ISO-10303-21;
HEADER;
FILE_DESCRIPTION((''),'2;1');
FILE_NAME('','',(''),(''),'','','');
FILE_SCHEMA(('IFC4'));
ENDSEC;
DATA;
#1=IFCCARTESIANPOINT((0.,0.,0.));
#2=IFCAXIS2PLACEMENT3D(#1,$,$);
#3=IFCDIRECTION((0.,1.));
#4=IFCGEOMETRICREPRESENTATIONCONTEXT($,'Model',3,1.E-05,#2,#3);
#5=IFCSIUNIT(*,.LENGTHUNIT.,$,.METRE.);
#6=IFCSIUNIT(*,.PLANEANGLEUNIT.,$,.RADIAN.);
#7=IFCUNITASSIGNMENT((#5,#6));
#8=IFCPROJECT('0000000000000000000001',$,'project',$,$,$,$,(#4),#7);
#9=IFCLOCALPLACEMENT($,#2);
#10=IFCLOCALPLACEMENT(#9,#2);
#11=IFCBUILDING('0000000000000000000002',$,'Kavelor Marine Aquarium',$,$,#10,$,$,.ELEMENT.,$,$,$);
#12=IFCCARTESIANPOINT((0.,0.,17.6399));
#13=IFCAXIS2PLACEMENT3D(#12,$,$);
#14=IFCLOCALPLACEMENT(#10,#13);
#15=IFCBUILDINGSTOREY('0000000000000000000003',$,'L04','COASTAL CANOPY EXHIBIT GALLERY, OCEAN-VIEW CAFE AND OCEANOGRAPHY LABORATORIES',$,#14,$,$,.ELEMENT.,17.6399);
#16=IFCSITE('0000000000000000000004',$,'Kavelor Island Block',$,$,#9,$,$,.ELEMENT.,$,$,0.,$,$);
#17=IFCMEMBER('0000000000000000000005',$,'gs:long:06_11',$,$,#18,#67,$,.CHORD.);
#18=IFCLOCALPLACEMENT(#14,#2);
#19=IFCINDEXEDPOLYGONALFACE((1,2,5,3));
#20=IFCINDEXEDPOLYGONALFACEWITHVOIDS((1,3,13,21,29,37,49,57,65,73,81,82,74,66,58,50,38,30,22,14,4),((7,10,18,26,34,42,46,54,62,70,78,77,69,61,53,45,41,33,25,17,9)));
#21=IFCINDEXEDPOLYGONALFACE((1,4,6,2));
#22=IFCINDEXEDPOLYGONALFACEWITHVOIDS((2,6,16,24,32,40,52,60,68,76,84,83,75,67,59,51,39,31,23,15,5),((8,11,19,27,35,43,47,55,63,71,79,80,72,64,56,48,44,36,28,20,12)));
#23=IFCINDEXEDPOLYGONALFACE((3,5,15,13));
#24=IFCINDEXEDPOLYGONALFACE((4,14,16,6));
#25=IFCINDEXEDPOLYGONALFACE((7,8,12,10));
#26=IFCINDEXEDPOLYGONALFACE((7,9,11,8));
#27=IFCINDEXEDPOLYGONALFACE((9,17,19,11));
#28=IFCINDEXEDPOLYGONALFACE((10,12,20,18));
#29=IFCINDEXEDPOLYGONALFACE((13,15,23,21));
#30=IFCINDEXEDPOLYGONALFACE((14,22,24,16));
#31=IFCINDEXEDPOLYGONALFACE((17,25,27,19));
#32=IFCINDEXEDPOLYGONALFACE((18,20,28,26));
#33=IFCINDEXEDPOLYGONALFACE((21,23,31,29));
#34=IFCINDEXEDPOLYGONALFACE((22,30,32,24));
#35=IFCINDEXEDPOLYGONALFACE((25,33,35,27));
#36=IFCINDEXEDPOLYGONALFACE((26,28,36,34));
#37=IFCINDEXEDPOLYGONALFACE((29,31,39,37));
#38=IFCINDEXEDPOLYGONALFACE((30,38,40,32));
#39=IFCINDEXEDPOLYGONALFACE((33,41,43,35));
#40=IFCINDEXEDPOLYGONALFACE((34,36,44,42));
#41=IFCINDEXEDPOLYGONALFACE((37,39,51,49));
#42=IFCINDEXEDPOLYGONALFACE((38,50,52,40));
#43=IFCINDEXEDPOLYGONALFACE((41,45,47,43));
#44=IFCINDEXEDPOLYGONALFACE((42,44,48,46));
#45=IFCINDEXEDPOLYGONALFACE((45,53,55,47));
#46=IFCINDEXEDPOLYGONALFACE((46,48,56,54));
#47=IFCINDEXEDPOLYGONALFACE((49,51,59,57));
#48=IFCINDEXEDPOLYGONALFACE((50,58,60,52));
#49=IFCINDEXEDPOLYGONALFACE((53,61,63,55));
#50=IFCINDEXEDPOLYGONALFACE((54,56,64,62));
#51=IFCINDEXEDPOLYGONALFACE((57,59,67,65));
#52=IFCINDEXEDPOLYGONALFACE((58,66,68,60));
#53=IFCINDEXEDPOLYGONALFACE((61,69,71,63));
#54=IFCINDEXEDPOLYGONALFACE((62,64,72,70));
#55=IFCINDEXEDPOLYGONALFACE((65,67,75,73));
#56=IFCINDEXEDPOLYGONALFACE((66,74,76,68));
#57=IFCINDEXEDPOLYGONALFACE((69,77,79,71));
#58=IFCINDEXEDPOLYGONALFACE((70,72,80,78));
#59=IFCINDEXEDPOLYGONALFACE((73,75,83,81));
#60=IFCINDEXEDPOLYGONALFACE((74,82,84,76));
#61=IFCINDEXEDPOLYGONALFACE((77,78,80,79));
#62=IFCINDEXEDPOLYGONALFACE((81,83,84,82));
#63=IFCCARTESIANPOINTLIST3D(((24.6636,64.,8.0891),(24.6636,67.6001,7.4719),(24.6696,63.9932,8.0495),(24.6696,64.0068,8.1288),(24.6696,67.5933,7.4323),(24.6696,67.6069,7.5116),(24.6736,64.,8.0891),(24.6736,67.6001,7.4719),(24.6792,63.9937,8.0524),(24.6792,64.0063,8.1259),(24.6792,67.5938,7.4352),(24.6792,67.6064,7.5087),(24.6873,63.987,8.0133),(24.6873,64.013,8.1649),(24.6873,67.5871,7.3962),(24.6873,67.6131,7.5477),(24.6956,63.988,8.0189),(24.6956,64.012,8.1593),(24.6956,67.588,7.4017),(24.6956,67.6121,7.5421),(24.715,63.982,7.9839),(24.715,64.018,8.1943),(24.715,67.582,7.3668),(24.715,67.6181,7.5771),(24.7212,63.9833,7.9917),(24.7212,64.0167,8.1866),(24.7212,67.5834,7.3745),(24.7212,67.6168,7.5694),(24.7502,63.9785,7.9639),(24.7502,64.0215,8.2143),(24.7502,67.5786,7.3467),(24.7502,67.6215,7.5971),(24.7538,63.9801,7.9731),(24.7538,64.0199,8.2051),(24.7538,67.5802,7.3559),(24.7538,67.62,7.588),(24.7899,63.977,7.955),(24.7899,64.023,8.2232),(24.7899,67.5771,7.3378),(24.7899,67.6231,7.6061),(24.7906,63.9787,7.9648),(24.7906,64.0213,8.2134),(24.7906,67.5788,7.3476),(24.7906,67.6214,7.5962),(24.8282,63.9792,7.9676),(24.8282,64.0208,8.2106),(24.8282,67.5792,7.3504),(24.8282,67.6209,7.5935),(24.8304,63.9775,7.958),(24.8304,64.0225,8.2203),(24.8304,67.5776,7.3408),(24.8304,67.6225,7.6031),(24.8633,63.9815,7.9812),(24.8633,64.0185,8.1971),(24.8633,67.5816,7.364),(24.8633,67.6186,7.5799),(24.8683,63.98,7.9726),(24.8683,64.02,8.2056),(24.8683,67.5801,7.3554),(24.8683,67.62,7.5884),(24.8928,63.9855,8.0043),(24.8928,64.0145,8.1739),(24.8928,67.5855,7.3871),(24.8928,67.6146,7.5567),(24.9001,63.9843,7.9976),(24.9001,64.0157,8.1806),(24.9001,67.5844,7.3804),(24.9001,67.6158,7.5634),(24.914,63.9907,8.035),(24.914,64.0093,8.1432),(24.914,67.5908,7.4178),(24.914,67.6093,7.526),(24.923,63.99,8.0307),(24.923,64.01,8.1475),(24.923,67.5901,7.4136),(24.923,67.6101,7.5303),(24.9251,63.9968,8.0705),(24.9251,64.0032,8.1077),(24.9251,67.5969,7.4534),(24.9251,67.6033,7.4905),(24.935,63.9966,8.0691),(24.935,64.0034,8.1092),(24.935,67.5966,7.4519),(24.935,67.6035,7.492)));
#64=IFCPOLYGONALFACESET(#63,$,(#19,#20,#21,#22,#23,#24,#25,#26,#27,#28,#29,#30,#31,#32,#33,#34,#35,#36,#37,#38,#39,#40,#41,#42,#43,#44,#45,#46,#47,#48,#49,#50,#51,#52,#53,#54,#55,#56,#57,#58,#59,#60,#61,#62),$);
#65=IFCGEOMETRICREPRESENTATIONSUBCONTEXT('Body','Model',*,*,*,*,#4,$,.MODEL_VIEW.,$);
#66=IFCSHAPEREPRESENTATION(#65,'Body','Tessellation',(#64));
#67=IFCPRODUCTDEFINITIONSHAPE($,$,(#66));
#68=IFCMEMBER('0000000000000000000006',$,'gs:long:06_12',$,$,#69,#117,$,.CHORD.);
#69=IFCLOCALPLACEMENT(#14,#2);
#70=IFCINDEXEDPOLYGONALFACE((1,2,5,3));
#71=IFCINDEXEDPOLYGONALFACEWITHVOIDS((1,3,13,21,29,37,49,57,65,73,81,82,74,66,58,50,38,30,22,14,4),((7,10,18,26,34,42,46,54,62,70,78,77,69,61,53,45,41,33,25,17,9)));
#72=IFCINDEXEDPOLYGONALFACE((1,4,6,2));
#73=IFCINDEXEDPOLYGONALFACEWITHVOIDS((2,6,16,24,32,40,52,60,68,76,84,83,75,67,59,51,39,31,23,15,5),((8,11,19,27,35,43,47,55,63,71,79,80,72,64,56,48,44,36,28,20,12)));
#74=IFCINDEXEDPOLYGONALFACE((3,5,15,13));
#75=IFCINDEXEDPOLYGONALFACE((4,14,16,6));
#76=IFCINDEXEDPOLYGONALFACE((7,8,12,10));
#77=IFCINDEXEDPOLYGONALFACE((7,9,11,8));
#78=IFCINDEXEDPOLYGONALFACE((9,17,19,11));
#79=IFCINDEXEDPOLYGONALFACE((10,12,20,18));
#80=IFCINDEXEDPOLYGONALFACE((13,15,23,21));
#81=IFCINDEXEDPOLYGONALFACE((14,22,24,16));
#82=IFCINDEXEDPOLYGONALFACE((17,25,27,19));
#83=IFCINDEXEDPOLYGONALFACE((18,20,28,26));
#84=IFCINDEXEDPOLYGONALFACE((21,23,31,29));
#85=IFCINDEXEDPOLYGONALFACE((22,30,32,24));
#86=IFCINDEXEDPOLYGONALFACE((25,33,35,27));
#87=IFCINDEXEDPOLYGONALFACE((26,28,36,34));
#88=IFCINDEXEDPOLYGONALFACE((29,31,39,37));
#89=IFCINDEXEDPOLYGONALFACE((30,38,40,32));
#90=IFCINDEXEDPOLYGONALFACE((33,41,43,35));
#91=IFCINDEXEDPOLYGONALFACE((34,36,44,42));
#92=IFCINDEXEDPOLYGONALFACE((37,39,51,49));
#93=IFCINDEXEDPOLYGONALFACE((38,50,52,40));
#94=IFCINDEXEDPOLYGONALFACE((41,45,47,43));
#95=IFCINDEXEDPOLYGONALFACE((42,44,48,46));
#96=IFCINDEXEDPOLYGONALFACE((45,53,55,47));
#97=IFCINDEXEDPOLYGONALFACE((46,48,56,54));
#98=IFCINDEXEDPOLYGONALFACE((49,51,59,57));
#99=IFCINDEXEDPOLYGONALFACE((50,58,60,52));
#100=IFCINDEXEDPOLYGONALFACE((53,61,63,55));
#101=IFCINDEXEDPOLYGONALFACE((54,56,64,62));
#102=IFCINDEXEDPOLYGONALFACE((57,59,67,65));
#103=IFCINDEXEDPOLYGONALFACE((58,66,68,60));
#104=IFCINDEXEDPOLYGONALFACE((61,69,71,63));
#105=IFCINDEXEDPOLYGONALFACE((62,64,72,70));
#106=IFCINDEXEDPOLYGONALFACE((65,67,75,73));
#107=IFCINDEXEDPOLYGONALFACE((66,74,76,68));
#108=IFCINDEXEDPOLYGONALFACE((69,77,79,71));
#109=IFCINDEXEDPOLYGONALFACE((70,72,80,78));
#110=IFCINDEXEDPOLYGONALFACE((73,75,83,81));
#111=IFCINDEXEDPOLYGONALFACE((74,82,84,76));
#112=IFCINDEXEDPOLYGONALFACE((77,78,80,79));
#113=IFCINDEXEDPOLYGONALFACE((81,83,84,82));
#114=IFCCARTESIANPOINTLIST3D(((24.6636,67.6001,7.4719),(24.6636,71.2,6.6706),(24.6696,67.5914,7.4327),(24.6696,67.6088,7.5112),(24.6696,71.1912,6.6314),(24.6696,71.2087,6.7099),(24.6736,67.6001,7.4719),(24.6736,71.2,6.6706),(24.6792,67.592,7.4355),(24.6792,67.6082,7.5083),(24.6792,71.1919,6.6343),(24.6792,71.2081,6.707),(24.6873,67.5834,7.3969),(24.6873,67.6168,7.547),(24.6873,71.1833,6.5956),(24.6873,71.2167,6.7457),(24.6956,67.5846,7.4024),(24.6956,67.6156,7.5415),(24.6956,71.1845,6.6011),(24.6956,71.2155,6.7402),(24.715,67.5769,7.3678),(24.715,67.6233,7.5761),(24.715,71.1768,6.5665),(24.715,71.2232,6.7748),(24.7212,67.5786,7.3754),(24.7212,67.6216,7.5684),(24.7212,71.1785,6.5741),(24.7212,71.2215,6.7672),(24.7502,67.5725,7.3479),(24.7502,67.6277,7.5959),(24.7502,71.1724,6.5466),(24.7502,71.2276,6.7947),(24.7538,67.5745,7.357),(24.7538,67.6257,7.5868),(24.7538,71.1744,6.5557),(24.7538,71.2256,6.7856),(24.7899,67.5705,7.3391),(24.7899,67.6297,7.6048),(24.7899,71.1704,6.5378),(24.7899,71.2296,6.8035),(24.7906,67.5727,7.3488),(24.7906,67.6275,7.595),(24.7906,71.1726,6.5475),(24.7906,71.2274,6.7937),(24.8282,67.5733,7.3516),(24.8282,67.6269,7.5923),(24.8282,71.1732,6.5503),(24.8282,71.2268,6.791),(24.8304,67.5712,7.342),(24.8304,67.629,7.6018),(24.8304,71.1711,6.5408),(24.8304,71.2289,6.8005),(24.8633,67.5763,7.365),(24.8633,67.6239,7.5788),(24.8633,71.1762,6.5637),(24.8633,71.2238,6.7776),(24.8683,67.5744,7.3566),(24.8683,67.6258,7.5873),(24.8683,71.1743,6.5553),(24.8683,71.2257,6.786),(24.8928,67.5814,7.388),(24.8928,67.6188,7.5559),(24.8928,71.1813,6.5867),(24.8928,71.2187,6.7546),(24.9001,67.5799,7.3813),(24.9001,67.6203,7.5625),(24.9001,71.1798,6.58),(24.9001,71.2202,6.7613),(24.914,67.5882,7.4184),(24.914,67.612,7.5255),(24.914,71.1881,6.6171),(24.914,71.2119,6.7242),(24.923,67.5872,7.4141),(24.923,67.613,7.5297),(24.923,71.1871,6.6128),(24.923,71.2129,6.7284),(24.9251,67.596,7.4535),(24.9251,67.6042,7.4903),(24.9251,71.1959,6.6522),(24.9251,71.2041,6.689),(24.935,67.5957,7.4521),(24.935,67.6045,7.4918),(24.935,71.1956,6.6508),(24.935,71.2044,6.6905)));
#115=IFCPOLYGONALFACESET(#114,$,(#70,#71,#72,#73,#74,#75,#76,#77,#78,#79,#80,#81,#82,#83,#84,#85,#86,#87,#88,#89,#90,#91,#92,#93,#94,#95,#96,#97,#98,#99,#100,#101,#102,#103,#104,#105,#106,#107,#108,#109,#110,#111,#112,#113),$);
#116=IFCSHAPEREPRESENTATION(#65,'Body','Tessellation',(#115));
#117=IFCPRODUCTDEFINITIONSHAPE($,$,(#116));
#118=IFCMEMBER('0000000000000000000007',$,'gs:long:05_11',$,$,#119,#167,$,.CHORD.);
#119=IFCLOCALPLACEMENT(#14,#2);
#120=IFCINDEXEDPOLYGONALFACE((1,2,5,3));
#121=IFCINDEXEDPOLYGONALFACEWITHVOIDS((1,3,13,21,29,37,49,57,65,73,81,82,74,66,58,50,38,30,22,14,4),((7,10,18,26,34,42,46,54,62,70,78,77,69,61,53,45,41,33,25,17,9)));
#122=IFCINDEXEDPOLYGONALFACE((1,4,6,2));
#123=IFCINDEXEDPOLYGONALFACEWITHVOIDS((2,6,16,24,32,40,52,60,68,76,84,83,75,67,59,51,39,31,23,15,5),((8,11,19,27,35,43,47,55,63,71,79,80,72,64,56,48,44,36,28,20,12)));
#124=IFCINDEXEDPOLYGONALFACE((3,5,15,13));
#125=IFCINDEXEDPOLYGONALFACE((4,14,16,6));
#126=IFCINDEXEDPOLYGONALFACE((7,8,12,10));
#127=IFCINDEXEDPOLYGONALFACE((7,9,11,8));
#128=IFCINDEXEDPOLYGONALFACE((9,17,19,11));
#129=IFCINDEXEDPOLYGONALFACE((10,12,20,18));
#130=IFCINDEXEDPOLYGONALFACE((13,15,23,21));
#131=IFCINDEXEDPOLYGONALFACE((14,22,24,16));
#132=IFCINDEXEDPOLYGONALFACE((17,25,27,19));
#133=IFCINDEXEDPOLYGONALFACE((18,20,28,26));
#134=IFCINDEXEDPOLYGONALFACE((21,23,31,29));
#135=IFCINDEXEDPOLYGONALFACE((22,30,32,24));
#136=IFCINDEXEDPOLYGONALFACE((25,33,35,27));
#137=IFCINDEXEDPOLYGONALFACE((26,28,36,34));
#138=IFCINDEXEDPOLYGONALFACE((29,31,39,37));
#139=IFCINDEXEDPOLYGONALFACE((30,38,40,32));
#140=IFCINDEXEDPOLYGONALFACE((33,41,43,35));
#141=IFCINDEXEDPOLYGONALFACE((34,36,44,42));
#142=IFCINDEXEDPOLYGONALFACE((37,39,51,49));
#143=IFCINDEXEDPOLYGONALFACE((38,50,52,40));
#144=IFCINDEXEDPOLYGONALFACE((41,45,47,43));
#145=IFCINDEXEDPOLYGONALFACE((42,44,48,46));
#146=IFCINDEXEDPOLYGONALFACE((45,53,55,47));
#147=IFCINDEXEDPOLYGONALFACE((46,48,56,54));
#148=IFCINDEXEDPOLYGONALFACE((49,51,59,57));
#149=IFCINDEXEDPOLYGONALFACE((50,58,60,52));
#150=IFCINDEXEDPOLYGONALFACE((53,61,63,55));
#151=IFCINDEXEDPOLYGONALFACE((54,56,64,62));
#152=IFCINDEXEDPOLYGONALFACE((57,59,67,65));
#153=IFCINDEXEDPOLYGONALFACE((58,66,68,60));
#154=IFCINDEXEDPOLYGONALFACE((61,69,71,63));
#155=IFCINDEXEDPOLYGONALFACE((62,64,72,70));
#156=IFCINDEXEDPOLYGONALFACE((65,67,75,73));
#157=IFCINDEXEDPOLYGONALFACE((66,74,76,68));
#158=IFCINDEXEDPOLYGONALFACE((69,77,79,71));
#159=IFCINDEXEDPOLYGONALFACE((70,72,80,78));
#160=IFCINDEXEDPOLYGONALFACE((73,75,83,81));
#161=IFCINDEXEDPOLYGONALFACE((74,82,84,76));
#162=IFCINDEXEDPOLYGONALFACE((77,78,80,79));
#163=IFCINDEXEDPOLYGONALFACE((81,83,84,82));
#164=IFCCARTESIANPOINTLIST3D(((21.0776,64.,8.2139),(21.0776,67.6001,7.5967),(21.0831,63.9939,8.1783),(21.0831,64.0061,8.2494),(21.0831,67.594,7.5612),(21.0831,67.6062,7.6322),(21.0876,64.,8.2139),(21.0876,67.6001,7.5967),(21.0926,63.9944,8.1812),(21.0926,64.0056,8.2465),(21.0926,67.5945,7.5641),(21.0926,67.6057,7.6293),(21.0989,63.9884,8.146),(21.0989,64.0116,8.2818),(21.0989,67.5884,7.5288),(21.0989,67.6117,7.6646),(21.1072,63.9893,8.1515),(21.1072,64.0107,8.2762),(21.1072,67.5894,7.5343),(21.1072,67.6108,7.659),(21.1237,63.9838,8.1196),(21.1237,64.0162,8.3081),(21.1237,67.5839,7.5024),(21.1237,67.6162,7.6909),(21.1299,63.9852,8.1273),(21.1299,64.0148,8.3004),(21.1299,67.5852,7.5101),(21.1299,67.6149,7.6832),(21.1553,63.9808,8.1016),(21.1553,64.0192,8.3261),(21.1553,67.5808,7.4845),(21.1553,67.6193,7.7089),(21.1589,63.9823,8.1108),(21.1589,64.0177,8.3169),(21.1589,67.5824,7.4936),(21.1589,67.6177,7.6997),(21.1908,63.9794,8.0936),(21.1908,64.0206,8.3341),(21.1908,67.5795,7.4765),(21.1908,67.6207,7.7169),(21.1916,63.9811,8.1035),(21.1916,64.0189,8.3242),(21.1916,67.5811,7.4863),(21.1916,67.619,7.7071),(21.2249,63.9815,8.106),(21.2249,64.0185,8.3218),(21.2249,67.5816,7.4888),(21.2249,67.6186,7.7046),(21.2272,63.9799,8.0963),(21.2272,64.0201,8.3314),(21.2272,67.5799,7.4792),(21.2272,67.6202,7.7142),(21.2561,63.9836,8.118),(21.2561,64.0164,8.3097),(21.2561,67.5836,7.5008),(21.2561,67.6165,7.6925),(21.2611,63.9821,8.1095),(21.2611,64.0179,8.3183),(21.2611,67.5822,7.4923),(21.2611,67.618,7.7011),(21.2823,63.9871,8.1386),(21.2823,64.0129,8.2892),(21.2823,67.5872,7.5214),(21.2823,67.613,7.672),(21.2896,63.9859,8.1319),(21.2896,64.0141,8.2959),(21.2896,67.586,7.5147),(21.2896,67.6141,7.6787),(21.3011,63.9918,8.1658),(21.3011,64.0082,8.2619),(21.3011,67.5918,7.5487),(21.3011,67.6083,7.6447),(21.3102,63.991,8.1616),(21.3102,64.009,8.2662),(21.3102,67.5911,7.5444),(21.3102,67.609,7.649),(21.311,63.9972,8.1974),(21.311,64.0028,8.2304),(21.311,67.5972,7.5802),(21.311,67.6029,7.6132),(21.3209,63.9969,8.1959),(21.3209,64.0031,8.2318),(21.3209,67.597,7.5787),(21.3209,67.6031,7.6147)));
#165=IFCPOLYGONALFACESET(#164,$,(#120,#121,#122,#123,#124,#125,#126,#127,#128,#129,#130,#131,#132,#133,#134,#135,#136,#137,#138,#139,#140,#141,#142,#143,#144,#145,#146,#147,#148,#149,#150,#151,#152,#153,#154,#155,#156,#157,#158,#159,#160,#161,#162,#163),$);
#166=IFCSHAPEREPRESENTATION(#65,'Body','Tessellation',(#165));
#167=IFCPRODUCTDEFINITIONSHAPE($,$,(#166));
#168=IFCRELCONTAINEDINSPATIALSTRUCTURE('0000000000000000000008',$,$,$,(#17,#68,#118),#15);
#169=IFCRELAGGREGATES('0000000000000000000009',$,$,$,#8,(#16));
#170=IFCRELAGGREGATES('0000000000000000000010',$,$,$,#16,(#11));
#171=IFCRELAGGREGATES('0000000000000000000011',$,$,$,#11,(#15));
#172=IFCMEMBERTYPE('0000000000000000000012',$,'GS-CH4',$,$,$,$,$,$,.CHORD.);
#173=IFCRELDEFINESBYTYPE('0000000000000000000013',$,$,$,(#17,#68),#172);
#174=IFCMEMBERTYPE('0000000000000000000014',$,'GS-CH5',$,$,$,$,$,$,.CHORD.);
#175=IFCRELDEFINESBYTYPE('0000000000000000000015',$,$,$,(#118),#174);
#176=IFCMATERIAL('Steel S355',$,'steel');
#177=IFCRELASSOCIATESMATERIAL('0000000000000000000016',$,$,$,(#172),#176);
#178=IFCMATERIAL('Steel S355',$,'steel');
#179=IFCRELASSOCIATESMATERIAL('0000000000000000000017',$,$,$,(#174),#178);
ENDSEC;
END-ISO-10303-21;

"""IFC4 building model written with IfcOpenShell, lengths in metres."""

from ifc_helpers import new_model, si_unit, direction, frame, origin, origin_2d, place, context, subcontext, project, spatial, hollow_circle, extrude, material, material_profile, profile_set, type_object, element, save


model = new_model("IFC4")

# Units and contexts
model_context = context("Model", 3, precision=1e-05, world=origin(), true_north=direction((0.0, 1.0)))
body_context = subcontext(model_context, "Body", "Model", "MODEL_VIEW")
ifc_project = project(units=[si_unit("LENGTHUNIT", "METRE"), si_unit("PLANEANGLEUNIT", "RADIAN")], contexts=[model_context])

# Site, building, storey
site_placement = place(None, origin())
site = spatial("IfcSite", under=ifc_project, at=site_placement, Name="Kavelor Island Block", CompositionType="ELEMENT", RefElevation=0.0)
building_placement = place(site_placement, origin())
building = spatial("IfcBuilding", under=site, at=building_placement, Name="Kavelor Marine Aquarium", CompositionType="ELEMENT")
storey_placement = place(building_placement, frame((0.0, 0.0, 17.6399)))
storey = spatial("IfcBuildingStorey", under=building, at=storey_placement, Name="L04", Description="COASTAL CANOPY EXHIBIT GALLERY, OCEAN-VIEW CAFE AND OCEANOGRAPHY LABORATORIES", CompositionType="ELEMENT", Elevation=17.6399)

# Members
ifc_material_1 = material(Name="Steel S355", Category="steel")
ifc_material_profile_1 = material_profile(ifc_material_1, hollow_circle(Radius=0.1365, WallThickness=0.01, at=origin_2d()), Name="CHS 273.0x10.0")
ifc_profile_set_1 = profile_set([ifc_material_profile_1], Name="Steel S355")
member_type_1 = type_object("IfcMemberType", Name="GS-CH4", PredefinedType="CHORD", material=ifc_profile_set_1)
member_1_placement = place(storey_placement, frame((24.8, 64.0, 8.0891), z_axis=(0.0, 0.985621, -0.168971), x_axis=(-1.0, 0.0, 0.0)))
element("IfcMember", 1, at=member_1_placement, inside=storey, type_object=member_type_1, Name="gs:long:06_11", PredefinedType="CHORD", context=body_context, shape_type="SweptSolid", body=[
    extrude(hollow_circle(Radius=0.1365, WallThickness=0.01, at=origin_2d()), origin(), (0.0, 0.0, 1.0), 3.6526),
])
member_2_placement = place(storey_placement, frame((24.8, 67.6001, 7.4719), z_axis=(0.0, 0.976112, -0.217267), x_axis=(-1.0, 0.0, 0.0)))
element("IfcMember", 2, at=member_2_placement, inside=storey, type_object=member_type_1, Name="gs:long:06_12", PredefinedType="CHORD", context=body_context, shape_type="SweptSolid", body=[
    extrude(hollow_circle(Radius=0.1365, WallThickness=0.01, at=origin_2d()), origin(), (0.0, 0.0, 1.0), 3.688),
])
ifc_material_2 = material(Name="Steel S355", Category="steel")
ifc_material_profile_2 = material_profile(ifc_material_2, hollow_circle(Radius=0.1223, WallThickness=0.01, at=origin_2d()), Name="CHS 244.5x10.0")
ifc_profile_set_2 = profile_set([ifc_material_profile_2], Name="Steel S355")
member_type_2 = type_object("IfcMemberType", Name="GS-CH5", PredefinedType="CHORD", material=ifc_profile_set_2)
member_3_placement = place(storey_placement, frame((21.2, 64.0, 8.2139), z_axis=(0.0, 0.985621, -0.168971), x_axis=(-1.0, 0.0, 0.0)))
element("IfcMember", 3, at=member_3_placement, inside=storey, type_object=member_type_2, Name="gs:long:05_11", PredefinedType="CHORD", context=body_context, shape_type="SweptSolid", body=[
    extrude(hollow_circle(Radius=0.1223, WallThickness=0.01, at=origin_2d()), origin(), (0.0, 0.0, 1.0), 3.6526),
])

save(model, "model.ifc")
